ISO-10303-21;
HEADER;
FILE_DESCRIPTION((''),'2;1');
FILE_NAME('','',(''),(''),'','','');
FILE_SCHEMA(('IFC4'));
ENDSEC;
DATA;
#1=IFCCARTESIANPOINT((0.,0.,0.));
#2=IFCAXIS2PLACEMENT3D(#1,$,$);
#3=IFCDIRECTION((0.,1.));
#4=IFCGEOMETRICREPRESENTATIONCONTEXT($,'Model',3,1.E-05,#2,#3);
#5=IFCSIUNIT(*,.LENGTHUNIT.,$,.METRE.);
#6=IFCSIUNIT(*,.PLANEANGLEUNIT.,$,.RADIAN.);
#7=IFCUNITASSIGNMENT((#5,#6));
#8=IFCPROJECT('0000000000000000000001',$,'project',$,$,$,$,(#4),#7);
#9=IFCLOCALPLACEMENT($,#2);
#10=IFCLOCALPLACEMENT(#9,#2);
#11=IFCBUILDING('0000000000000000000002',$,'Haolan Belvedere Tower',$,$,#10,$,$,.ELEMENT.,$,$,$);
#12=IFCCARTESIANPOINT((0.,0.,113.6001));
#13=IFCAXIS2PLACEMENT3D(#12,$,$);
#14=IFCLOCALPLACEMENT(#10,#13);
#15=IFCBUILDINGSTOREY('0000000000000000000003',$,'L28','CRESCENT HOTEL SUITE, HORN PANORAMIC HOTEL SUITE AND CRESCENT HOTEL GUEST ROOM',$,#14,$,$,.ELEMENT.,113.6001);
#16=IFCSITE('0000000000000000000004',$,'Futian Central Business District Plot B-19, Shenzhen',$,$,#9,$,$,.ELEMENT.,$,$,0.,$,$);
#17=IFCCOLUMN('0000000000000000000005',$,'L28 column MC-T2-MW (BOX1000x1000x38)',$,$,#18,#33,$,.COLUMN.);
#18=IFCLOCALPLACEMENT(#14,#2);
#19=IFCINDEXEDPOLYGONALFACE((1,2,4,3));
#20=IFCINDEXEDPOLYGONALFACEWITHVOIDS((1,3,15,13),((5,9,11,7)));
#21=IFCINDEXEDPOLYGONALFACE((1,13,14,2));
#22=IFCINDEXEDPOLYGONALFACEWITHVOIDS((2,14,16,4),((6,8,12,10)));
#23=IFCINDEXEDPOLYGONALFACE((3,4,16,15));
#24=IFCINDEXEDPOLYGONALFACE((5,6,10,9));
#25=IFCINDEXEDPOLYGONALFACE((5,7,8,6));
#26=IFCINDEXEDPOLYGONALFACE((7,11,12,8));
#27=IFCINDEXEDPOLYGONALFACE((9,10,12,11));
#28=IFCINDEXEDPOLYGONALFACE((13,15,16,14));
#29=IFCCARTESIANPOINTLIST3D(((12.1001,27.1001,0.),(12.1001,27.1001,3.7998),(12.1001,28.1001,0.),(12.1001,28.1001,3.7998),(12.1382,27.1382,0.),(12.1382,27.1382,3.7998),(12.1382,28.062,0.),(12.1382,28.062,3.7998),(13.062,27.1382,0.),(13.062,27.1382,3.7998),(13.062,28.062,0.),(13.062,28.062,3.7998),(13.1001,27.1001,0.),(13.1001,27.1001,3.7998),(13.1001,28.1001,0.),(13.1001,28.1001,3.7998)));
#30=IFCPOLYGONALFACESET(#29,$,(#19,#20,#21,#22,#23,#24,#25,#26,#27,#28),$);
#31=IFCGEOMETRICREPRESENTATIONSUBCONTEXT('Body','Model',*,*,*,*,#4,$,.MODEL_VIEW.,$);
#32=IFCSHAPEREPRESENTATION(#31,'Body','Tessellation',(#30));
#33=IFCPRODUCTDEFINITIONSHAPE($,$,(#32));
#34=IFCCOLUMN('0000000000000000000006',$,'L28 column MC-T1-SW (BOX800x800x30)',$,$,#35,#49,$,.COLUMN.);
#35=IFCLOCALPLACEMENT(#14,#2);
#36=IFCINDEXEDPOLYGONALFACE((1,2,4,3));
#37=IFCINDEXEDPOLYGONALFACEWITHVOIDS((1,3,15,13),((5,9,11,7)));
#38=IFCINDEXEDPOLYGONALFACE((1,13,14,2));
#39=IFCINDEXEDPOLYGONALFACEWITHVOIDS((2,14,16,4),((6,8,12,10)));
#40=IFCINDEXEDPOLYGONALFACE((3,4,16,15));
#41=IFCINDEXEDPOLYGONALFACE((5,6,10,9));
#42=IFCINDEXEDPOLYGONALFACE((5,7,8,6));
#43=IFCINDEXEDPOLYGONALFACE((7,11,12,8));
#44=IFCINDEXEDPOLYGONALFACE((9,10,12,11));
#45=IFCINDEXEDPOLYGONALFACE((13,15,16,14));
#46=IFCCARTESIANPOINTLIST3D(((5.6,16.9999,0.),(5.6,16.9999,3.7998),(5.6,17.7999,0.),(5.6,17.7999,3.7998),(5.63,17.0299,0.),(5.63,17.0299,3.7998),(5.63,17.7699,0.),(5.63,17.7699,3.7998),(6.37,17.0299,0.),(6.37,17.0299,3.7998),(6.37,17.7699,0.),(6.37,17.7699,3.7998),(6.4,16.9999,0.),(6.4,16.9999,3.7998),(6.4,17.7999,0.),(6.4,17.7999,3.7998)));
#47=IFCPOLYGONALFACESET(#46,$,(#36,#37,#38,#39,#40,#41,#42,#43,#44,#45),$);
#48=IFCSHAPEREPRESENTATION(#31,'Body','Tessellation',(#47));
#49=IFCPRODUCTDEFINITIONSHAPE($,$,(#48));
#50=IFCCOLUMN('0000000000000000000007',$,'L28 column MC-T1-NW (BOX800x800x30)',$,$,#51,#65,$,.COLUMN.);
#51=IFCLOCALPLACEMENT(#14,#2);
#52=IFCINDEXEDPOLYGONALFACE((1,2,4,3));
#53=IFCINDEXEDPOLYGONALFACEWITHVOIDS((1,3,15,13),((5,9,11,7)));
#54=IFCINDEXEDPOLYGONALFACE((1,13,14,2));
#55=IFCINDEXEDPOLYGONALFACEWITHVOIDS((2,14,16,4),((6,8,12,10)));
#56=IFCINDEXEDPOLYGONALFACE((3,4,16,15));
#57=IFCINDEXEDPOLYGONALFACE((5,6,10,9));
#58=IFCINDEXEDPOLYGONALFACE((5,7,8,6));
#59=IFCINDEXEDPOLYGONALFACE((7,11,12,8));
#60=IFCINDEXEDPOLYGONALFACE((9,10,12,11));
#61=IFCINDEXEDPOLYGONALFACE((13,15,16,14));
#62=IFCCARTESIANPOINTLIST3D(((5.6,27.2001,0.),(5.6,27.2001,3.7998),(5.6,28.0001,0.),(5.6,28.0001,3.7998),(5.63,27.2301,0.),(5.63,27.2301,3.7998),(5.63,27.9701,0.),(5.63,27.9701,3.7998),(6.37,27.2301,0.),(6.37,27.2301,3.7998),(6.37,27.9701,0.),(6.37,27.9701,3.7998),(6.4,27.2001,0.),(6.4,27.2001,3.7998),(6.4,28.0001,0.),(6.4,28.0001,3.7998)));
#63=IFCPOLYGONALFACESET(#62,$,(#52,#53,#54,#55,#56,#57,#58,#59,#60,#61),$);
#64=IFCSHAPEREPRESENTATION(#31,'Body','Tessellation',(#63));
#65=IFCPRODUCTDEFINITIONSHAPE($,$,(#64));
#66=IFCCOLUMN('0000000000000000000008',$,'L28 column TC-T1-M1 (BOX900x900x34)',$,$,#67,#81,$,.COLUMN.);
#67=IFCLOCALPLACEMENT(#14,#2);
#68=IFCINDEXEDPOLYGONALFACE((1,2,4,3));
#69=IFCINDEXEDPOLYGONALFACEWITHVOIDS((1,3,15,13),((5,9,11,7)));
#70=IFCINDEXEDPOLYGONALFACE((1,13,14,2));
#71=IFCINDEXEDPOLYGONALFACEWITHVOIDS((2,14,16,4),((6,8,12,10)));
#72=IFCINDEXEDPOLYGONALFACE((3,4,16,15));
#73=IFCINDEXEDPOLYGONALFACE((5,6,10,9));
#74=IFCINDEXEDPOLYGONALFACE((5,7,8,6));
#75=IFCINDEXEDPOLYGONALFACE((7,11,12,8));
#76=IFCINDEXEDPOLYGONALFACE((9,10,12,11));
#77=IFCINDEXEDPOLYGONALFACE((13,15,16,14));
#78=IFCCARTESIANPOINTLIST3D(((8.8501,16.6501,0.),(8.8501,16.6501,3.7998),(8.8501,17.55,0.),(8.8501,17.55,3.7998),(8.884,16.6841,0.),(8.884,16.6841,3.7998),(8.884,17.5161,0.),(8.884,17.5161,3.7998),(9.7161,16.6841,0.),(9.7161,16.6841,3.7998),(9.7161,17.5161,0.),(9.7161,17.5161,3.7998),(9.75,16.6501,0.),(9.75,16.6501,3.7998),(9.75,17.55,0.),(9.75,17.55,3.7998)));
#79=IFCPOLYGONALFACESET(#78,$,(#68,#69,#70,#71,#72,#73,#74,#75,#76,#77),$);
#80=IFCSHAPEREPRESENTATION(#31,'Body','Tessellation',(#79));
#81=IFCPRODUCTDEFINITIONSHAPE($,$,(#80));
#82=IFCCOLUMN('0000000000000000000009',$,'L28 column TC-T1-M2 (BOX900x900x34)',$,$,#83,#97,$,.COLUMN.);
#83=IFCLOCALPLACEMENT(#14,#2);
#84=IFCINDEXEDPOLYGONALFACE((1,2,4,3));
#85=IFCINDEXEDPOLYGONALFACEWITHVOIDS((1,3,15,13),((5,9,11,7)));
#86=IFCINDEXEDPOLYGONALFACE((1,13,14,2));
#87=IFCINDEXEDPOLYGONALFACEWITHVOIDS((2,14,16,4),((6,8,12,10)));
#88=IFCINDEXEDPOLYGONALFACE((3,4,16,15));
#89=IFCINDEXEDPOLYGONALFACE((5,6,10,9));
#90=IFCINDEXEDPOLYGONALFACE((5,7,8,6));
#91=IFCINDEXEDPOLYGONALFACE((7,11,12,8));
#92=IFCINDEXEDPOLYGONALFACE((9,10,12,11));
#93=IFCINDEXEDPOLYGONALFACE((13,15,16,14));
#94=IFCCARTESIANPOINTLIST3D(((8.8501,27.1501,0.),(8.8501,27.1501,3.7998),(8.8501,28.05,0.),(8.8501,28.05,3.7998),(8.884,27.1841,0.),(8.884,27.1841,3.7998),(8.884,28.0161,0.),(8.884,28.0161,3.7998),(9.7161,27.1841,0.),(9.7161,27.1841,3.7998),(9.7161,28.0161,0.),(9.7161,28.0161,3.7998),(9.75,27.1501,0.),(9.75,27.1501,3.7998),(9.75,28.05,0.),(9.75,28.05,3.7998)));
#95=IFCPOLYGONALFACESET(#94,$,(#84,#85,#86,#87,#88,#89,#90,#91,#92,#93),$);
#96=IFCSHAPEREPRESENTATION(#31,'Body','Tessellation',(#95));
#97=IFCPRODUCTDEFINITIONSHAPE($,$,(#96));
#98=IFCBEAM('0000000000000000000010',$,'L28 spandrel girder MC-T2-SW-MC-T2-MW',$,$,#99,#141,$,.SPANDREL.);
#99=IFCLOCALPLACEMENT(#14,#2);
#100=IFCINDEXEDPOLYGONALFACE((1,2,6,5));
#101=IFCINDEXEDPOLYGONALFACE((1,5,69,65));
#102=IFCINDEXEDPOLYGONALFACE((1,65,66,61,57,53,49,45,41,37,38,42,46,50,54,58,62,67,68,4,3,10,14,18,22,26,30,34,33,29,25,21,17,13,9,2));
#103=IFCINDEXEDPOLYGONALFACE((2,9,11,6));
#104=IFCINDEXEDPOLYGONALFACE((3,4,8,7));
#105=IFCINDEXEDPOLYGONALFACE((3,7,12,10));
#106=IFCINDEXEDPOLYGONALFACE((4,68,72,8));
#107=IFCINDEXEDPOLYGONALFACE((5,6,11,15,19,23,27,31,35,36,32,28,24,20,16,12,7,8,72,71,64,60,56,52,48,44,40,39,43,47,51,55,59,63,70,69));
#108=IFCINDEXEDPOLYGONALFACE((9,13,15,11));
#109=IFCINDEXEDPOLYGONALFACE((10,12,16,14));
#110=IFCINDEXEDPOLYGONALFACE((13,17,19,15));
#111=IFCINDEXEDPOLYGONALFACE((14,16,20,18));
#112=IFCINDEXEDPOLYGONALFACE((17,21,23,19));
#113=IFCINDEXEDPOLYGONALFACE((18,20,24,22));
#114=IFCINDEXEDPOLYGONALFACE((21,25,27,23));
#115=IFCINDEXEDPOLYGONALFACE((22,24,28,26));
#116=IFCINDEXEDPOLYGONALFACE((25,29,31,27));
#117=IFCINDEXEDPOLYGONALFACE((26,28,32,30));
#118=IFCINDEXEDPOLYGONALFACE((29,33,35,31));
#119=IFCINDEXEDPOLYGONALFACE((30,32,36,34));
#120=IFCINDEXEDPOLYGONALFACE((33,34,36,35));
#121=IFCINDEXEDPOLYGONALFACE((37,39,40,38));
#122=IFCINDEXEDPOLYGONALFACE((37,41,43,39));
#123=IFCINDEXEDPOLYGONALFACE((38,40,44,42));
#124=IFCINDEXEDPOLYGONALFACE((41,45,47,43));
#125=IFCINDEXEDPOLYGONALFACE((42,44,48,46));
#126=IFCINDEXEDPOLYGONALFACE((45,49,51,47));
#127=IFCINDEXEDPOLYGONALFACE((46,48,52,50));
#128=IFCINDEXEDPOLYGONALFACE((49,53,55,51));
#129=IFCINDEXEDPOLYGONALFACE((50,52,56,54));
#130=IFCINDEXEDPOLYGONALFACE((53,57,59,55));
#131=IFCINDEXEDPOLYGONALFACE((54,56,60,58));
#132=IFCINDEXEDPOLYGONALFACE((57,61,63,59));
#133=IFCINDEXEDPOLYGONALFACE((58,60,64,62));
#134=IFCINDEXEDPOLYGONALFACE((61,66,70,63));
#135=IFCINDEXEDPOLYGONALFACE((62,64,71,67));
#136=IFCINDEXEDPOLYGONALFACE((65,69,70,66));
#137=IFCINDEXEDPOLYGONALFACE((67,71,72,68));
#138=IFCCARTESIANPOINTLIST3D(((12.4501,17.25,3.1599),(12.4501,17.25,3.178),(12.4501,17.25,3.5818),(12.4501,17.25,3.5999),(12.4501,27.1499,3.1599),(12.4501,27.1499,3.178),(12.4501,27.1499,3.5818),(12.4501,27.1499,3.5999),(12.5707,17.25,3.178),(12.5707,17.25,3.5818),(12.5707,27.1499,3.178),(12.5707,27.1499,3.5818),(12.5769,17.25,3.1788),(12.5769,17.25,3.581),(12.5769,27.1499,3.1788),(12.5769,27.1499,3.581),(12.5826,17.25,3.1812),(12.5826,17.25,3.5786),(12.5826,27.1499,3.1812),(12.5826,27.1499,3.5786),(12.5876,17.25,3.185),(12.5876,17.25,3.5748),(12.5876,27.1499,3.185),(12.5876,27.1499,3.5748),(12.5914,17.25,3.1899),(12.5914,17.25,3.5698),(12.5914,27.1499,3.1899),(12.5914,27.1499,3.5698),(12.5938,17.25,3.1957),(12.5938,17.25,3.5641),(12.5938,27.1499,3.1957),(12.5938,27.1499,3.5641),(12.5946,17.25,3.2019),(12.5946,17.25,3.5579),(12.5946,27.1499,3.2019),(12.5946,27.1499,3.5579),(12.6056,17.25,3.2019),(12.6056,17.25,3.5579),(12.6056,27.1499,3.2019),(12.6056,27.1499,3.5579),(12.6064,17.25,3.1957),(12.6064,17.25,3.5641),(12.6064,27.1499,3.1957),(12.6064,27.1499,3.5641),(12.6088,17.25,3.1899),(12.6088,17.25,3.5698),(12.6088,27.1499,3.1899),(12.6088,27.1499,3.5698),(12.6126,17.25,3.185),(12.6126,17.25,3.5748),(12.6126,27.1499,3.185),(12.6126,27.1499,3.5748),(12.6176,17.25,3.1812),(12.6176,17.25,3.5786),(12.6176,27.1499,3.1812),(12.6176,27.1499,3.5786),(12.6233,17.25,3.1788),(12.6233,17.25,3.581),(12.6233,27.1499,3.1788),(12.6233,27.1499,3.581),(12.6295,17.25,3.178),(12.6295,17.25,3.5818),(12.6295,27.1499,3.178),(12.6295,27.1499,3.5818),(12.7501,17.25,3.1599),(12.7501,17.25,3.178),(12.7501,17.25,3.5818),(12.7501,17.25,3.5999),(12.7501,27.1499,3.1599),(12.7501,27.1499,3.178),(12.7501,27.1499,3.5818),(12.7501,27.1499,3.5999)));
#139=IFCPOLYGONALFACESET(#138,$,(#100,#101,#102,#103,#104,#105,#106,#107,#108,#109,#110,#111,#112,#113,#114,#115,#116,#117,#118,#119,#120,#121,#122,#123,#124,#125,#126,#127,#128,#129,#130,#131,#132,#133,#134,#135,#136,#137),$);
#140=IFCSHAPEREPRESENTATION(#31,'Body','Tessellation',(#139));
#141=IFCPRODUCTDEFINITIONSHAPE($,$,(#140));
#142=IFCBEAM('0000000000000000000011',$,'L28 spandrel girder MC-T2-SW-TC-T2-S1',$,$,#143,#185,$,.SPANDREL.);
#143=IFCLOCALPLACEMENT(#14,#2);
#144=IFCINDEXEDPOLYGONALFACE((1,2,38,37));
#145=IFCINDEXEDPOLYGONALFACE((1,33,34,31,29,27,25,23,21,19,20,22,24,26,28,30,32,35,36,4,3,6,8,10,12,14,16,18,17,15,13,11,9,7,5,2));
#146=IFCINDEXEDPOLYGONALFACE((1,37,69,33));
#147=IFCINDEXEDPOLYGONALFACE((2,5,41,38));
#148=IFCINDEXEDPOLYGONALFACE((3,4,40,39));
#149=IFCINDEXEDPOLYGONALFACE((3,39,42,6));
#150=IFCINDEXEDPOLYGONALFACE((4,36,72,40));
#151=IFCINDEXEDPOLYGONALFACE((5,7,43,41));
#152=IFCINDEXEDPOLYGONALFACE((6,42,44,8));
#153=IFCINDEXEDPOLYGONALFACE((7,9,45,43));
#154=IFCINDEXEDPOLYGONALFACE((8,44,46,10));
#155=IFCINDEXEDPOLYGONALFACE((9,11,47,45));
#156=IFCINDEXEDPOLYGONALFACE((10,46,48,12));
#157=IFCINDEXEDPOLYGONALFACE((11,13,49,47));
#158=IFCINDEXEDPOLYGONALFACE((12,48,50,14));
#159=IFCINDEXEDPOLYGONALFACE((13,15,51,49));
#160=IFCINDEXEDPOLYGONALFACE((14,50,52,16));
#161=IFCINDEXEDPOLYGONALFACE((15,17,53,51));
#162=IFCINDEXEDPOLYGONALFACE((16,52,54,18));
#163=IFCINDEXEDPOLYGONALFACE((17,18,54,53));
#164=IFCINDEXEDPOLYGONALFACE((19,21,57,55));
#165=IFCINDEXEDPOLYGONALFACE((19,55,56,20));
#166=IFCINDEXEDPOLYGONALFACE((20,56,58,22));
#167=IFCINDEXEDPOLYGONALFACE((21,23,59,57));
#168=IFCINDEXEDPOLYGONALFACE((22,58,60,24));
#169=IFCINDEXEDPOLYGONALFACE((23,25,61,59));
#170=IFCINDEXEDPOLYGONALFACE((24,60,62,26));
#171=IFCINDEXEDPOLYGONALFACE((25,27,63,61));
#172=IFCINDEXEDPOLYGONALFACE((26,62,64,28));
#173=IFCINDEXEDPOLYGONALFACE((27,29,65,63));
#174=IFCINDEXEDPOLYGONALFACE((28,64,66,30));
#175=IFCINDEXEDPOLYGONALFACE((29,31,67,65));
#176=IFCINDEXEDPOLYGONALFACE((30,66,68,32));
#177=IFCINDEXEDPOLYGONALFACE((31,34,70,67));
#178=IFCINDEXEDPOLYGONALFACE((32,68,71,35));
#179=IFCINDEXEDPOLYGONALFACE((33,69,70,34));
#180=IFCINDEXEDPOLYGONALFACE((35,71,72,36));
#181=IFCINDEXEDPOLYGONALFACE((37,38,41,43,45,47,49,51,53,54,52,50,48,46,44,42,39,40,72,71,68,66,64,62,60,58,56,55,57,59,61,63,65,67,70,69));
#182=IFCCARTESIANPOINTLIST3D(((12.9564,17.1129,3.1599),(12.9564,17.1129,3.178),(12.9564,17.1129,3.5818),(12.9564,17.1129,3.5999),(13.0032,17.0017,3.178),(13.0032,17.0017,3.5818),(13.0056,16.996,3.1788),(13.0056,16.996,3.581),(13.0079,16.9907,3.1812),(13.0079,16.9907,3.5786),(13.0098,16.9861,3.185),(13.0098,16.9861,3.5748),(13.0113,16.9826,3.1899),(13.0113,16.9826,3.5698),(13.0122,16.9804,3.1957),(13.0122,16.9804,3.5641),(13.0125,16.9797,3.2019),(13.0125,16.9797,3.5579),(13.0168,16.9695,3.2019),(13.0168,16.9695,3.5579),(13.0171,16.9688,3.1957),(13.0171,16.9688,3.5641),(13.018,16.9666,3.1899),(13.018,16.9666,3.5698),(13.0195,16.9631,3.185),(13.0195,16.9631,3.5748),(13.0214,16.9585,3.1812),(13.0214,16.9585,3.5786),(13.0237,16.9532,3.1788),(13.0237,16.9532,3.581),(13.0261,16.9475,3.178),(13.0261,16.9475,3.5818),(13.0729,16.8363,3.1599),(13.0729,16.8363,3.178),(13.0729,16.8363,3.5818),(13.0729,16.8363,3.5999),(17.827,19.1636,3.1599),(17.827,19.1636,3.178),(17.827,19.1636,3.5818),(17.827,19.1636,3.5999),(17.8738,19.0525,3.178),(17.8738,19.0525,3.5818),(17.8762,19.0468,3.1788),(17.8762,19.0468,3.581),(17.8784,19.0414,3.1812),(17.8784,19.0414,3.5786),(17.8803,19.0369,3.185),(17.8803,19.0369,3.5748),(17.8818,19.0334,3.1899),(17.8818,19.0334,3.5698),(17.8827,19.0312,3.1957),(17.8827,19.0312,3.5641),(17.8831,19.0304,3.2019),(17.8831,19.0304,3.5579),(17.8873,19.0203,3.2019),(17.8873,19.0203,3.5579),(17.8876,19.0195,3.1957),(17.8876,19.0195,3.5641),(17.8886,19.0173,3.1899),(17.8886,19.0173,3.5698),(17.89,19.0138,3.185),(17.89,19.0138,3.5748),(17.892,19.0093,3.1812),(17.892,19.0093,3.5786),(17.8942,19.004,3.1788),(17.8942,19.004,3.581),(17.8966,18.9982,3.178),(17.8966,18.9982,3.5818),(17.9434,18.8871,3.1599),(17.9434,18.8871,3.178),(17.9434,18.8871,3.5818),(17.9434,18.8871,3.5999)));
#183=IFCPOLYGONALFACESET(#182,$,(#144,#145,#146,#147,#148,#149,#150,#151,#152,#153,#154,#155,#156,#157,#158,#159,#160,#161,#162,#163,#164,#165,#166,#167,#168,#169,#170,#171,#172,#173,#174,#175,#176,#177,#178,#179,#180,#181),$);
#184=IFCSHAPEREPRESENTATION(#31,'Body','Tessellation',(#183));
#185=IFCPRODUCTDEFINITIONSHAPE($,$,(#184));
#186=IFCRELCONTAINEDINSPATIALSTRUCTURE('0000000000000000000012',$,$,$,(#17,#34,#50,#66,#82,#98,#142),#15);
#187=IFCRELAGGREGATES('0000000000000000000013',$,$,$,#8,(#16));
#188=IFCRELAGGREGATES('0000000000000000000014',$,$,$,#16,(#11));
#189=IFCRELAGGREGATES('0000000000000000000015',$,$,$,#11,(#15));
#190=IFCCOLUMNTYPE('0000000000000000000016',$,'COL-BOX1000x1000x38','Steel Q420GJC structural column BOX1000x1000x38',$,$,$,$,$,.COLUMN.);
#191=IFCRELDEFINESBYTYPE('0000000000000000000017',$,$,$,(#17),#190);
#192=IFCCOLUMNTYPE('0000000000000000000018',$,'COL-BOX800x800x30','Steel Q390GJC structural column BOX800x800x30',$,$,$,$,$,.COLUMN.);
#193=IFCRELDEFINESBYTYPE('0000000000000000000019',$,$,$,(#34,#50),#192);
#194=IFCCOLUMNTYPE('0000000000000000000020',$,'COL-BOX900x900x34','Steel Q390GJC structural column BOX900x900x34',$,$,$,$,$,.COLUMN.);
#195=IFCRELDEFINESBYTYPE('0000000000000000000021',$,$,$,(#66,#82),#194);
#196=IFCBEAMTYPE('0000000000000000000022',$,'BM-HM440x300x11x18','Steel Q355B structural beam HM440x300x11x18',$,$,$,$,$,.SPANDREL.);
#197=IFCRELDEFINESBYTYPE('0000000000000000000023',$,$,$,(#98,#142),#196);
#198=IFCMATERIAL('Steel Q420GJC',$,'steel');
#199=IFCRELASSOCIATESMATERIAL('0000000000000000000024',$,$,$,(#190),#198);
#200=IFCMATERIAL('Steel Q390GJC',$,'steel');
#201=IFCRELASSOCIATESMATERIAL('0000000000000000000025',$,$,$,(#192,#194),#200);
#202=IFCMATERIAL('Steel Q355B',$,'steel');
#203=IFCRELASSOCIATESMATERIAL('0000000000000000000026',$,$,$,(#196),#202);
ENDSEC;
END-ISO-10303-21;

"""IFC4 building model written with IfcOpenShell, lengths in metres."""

from ifc_helpers import new_model, si_unit, direction, frame, origin, origin_2d, place, context, subcontext, project, spatial, hollow_rectangle, i_section, extrude, material, material_profile, profile_set, type_object, element, save


model = new_model("IFC4")

# Units and contexts
model_context = context("Model", 3, precision=1e-05, world=origin(), true_north=direction((0.0, 1.0)))
body_context = subcontext(model_context, "Body", "Model", "MODEL_VIEW")
ifc_project = project(units=[si_unit("LENGTHUNIT", "METRE"), si_unit("PLANEANGLEUNIT", "RADIAN")], contexts=[model_context])

# Site, building, storey
site_placement = place(None, origin())
site = spatial("IfcSite", under=ifc_project, at=site_placement, Name="Futian Central Business District Plot B-19, Shenzhen", CompositionType="ELEMENT", RefElevation=0.0)
building_placement = place(site_placement, origin())
building = spatial("IfcBuilding", under=site, at=building_placement, Name="Haolan Belvedere Tower", CompositionType="ELEMENT")
storey_placement = place(building_placement, frame((0.0, 0.0, 113.6001)))
storey = spatial("IfcBuildingStorey", under=building, at=storey_placement, Name="L28", Description="CRESCENT HOTEL SUITE, HORN PANORAMIC HOTEL SUITE AND CRESCENT HOTEL GUEST ROOM", CompositionType="ELEMENT", Elevation=113.6001)

# Columns
ifc_material_1 = material(Name="Steel Q420GJC", Category="steel")
ifc_material_profile_1 = material_profile(ifc_material_1, hollow_rectangle(XDim=1.0, YDim=1.0, WallThickness=0.0381, at=origin_2d()), Name="Steel Q420GJC")
ifc_profile_set_1 = profile_set([ifc_material_profile_1], Name="Steel Q420GJC")
column_type_1 = type_object("IfcColumnType", Name="COL-BOX1000x1000x38", Description="Steel Q420GJC structural column BOX1000x1000x38", PredefinedType="COLUMN", material=ifc_profile_set_1)
column_placement = place(storey_placement, frame((12.6001, 27.6001, 0.0), z_axis=(0.0, 0.0, 1.0), x_axis=(1.0, 0.0, 0.0)))
element("IfcColumn", 1, at=column_placement, inside=storey, type_object=column_type_1, Name="L28 column MC-T2-MW (BOX1000x1000x38)", PredefinedType="COLUMN", context=body_context, shape_type="SweptSolid", body=[
    extrude(hollow_rectangle(XDim=1.0, YDim=1.0, WallThickness=0.0381, at=origin_2d()), origin(), (0.0, 0.0, 1.0), 3.7998),
])
ifc_material_2 = material(Name="Steel Q390GJC", Category="steel")
ifc_material_profile_2 = material_profile(ifc_material_2, hollow_rectangle(XDim=0.8, YDim=0.8, WallThickness=0.03, at=origin_2d()), Name="Steel Q390GJC")
ifc_profile_set_2 = profile_set([ifc_material_profile_2], Name="Steel Q390GJC")
column_type_2 = type_object("IfcColumnType", Name="COL-BOX800x800x30", Description="Steel Q390GJC structural column BOX800x800x30", PredefinedType="COLUMN", material=ifc_profile_set_2)
for number, where, z_axis, x_axis, name in (
    (2, (6.0, 17.3999, 0.0), (0.0, 0.0, 1.0), (1.0, 0.0, 0.0), "L28 column MC-T1-SW (BOX800x800x30)"),
    (3, (6.0, 27.6001, 0.0), (0.0, 0.0, 1.0), (1.0, 0.0, 0.0), "L28 column MC-T1-NW (BOX800x800x30)"),
):
    element("IfcColumn", number, at=place(storey_placement, frame(where, z_axis=z_axis, x_axis=x_axis)), inside=storey, type_object=column_type_2, Name=name, PredefinedType="COLUMN", context=body_context, shape_type="SweptSolid", body=[
        extrude(hollow_rectangle(XDim=0.8, YDim=0.8, WallThickness=0.03, at=origin_2d()), origin(), (0.0, 0.0, 1.0), 3.7998),
    ])
ifc_material_profile_3 = material_profile(ifc_material_2, hollow_rectangle(XDim=0.8999, YDim=0.8999, WallThickness=0.0339, at=origin_2d()), Name="Steel Q390GJC")
ifc_profile_set_3 = profile_set([ifc_material_profile_3], Name="Steel Q390GJC")
column_type_3 = type_object("IfcColumnType", Name="COL-BOX900x900x34", Description="Steel Q390GJC structural column BOX900x900x34", PredefinedType="COLUMN", material=ifc_profile_set_3)
for number, where, z_axis, x_axis, name in (
    (4, (9.3, 17.1001, 0.0), (0.0, 0.0, 1.0), (1.0, 0.0, 0.0), "L28 column TC-T1-M1 (BOX900x900x34)"),
    (5, (9.3, 27.6001, 0.0), (0.0, 0.0, 1.0), (1.0, 0.0, 0.0), "L28 column TC-T1-M2 (BOX900x900x34)"),
):
    element("IfcColumn", number, at=place(storey_placement, frame(where, z_axis=z_axis, x_axis=x_axis)), inside=storey, type_object=column_type_3, Name=name, PredefinedType="COLUMN", context=body_context, shape_type="SweptSolid", body=[
        extrude(hollow_rectangle(XDim=0.8999, YDim=0.8999, WallThickness=0.0339, at=origin_2d()), origin(), (0.0, 0.0, 1.0), 3.7998),
    ])

# Beams
ifc_material_3 = material(Name="Steel Q355B", Category="steel")
ifc_material_profile_4 = material_profile(ifc_material_3, i_section(OverallWidth=0.3, OverallDepth=0.4399, WebThickness=0.011, FlangeThickness=0.0181, FilletRadius=0.0239, at=origin_2d()), Name="Steel Q355B")
ifc_profile_set_4 = profile_set([ifc_material_profile_4], Name="Steel Q355B")
beam_type_1 = type_object("IfcBeamType", Name="BM-HM440x300x11x18", Description="Steel Q355B structural beam HM440x300x11x18", PredefinedType="SPANDREL", material=ifc_profile_set_4)
beam_1_placement = place(storey_placement, frame((12.6001, 17.25, 3.3799), z_axis=(0.0, 1.0, 0.0), x_axis=(-1.0, 0.0, 0.0)))
element("IfcBeam", 6, at=beam_1_placement, inside=storey, type_object=beam_type_1, Name="L28 spandrel girder MC-T2-SW-MC-T2-MW", PredefinedType="SPANDREL", context=body_context, shape_type="SweptSolid", body=[
    extrude(i_section(OverallWidth=0.3, OverallDepth=0.4399, WebThickness=0.011, FlangeThickness=0.0181, FilletRadius=0.0239, at=origin_2d()), origin(), (0.0, 0.0, 1.0), 9.8999),
])
beam_2_placement = place(storey_placement, frame((13.0146, 16.9746, 3.3799), z_axis=(0.921635, 0.388057, 0.0), x_axis=(-0.388057, 0.921635, 0.0)))
element("IfcBeam", 7, at=beam_2_placement, inside=storey, type_object=beam_type_1, Name="L28 spandrel girder MC-T2-SW-TC-T2-S1", PredefinedType="SPANDREL", context=body_context, shape_type="SweptSolid", body=[
    extrude(i_section(OverallWidth=0.3, OverallDepth=0.4399, WebThickness=0.011, FlangeThickness=0.0181, FilletRadius=0.0239, at=origin_2d()), origin(), (0.0, 0.0, 1.0), 5.2847),
])

save(model, "model.ifc")
